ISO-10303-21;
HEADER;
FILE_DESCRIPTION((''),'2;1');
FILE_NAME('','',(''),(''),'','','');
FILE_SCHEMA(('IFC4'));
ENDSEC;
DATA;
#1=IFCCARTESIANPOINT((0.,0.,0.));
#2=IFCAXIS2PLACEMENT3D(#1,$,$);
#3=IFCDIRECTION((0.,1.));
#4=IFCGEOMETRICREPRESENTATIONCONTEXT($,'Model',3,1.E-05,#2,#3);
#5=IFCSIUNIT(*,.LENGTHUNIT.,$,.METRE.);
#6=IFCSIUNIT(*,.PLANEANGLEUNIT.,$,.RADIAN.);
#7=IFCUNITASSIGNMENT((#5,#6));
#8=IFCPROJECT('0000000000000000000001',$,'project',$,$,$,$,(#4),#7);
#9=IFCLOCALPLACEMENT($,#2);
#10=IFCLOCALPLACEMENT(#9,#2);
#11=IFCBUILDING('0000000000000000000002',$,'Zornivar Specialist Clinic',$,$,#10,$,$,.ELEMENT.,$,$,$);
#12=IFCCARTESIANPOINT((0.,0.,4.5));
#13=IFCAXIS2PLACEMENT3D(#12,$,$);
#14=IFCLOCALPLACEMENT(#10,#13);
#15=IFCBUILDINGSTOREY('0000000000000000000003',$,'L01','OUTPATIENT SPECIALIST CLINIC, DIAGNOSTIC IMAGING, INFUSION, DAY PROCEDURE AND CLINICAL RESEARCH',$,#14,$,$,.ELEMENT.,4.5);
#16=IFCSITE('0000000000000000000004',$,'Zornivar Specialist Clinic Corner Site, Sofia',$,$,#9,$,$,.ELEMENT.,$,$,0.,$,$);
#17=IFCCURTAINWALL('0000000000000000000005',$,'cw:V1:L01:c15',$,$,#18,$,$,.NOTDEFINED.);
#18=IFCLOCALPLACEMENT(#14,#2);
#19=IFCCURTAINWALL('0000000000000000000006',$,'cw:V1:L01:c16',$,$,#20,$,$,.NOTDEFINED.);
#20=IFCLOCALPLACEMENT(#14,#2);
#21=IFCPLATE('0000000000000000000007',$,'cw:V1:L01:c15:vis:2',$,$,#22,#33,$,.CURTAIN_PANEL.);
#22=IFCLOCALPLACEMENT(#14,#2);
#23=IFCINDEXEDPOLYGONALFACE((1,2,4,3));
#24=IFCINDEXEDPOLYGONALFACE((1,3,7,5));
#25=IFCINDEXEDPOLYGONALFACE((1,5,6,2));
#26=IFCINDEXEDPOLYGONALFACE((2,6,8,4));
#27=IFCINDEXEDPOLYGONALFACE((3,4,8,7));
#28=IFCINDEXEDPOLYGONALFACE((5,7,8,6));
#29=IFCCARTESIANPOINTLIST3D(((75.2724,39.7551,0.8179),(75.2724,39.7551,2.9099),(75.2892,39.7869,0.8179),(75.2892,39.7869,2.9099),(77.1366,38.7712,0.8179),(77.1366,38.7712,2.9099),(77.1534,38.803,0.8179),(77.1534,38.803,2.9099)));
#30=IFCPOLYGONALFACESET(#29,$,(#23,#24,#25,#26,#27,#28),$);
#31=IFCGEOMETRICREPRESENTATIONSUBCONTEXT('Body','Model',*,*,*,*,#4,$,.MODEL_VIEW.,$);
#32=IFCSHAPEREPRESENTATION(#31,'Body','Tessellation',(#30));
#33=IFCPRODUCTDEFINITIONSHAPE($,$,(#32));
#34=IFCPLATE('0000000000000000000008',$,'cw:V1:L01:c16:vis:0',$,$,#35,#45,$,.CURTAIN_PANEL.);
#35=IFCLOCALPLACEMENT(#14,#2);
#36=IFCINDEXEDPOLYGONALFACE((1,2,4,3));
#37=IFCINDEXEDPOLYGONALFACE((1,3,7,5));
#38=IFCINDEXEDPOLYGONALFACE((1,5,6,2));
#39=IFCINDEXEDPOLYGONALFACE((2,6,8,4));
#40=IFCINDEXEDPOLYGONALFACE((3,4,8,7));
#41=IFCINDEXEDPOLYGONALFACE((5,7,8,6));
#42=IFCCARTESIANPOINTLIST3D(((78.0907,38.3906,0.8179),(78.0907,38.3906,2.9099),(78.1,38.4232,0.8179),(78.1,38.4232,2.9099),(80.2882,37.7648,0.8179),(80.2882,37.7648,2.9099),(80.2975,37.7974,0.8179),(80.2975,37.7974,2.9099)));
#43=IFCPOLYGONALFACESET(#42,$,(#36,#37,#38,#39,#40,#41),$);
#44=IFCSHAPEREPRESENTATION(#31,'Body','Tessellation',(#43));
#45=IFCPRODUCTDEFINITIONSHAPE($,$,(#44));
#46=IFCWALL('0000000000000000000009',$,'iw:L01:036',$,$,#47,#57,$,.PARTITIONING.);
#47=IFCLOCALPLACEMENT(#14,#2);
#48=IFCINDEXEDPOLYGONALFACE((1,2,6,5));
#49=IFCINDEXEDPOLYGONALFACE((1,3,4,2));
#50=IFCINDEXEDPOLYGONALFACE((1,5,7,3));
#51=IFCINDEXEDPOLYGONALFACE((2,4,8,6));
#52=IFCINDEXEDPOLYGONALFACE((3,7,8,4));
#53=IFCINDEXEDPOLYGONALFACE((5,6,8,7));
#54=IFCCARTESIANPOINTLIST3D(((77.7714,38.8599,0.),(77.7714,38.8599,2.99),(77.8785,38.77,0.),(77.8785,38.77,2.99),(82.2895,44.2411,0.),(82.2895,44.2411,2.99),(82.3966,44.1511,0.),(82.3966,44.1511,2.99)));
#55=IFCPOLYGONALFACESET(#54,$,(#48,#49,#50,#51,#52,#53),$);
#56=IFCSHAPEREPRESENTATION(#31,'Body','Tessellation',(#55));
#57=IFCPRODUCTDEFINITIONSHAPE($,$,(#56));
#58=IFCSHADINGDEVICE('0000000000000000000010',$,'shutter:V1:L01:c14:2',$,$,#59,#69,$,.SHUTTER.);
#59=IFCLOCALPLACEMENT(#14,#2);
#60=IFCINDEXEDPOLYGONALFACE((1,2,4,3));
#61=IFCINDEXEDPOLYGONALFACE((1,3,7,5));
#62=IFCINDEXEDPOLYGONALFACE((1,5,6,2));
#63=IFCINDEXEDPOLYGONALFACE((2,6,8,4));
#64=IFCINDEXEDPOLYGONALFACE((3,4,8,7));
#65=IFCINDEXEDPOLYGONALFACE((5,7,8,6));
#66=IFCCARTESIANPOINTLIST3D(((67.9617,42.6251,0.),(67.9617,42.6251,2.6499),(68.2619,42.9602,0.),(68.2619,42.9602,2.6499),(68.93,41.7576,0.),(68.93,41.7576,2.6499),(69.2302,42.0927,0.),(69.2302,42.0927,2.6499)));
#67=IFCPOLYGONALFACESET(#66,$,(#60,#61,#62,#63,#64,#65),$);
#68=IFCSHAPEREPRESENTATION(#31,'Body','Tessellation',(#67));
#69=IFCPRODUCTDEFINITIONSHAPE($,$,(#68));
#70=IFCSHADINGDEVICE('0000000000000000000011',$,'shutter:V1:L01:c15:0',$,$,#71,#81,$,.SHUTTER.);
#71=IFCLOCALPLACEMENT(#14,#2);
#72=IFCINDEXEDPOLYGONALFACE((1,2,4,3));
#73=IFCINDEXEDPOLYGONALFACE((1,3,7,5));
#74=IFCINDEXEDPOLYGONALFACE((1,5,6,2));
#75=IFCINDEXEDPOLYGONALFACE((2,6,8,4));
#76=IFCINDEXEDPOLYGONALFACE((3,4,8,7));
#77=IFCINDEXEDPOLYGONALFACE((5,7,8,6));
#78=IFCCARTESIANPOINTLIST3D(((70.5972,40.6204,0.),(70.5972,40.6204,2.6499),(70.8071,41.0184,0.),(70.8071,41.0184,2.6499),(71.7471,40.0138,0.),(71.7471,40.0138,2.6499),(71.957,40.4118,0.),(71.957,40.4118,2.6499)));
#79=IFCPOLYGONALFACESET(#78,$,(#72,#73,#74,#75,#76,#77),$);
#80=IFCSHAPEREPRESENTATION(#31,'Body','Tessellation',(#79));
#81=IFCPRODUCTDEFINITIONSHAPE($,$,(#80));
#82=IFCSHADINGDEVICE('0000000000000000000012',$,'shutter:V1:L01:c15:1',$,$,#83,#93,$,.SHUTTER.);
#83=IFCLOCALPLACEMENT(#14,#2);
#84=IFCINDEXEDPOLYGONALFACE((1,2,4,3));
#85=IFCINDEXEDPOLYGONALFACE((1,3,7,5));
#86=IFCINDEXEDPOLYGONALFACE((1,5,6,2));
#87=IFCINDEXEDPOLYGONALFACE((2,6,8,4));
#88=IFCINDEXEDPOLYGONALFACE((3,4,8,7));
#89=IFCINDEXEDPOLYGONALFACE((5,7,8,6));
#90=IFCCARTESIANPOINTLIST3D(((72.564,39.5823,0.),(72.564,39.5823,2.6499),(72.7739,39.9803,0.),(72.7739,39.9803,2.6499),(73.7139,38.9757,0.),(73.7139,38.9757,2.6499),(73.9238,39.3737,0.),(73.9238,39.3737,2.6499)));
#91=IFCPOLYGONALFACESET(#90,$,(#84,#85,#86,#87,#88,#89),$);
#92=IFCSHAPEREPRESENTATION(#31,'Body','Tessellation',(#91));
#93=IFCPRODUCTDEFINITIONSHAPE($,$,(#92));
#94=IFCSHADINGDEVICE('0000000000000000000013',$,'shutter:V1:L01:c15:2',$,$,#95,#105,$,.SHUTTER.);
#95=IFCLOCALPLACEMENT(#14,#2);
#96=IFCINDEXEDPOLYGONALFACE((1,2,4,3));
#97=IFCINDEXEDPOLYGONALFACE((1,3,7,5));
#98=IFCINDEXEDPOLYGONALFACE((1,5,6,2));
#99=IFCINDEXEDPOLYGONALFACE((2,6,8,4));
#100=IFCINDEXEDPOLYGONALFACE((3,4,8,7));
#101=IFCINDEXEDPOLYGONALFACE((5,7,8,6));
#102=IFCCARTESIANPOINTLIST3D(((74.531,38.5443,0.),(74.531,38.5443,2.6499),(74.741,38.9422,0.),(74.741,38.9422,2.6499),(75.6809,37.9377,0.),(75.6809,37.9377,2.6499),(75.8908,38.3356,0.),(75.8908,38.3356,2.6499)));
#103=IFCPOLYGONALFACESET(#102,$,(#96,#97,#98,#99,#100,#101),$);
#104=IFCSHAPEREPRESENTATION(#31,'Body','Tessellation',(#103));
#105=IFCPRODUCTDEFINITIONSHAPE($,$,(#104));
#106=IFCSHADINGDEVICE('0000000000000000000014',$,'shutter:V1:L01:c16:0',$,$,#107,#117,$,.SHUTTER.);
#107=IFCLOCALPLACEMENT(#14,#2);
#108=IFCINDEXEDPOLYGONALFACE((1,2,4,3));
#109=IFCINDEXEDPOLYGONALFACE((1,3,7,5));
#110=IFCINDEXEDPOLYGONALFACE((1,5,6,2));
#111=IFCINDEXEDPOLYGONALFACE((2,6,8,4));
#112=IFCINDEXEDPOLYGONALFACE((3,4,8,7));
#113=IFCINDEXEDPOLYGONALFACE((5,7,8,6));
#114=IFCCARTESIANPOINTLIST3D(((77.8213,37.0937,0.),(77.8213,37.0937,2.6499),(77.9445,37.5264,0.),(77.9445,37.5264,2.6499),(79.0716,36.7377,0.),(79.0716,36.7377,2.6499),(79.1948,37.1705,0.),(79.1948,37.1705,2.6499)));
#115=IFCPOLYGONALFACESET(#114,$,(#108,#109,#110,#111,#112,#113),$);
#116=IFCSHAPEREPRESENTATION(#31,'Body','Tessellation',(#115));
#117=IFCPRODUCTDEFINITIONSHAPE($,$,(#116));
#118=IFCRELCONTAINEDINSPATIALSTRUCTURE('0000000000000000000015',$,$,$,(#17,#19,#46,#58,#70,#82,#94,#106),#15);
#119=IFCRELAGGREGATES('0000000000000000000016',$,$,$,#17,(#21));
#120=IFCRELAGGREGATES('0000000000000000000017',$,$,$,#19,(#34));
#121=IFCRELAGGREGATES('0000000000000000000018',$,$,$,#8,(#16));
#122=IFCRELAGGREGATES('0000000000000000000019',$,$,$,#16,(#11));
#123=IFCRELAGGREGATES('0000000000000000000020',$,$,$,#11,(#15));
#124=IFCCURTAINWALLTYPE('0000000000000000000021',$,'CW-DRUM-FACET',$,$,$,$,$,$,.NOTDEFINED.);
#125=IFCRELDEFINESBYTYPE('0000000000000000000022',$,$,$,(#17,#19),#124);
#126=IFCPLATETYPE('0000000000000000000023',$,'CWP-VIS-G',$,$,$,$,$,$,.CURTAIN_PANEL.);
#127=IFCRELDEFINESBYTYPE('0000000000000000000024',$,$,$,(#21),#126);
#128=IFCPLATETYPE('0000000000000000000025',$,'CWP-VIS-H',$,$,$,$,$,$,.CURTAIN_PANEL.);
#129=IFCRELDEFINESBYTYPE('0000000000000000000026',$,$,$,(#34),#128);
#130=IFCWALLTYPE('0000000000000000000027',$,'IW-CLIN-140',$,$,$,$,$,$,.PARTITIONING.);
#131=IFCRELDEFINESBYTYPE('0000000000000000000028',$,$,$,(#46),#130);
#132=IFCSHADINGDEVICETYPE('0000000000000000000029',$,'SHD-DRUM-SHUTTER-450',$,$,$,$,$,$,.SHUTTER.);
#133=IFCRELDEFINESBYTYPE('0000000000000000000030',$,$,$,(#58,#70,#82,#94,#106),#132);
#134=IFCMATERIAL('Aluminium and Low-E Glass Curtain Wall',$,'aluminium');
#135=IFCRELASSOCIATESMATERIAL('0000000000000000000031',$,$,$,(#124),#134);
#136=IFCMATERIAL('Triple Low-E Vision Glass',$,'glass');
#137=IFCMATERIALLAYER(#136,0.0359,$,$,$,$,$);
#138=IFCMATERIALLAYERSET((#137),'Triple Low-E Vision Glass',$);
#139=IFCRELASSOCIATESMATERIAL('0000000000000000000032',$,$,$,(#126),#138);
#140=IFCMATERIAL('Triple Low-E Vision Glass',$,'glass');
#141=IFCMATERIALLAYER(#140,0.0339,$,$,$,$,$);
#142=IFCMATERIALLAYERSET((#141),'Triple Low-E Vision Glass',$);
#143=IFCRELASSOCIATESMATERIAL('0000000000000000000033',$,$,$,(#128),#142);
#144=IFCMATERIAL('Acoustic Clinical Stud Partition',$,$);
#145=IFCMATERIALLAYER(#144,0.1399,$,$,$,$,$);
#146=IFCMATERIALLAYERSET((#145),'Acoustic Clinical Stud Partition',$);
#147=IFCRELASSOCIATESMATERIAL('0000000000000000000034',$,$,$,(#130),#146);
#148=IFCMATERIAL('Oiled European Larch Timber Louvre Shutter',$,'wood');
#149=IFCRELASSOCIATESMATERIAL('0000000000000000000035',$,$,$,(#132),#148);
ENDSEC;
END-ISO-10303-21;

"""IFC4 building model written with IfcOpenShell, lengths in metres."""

from ifc_helpers import new_model, si_unit, direction, frame, frame_2d, origin, origin_2d, place, context, subcontext, project, spatial, rectangle, extrude, material, layer, layer_set, type_object, element, aggregate, save


model = new_model("IFC4")

# Units and contexts
model_context = context("Model", 3, precision=1e-05, world=origin(), true_north=direction((0.0, 1.0)))
body_context = subcontext(model_context, "Body", "Model", "MODEL_VIEW")
ifc_project = project(units=[si_unit("LENGTHUNIT", "METRE"), si_unit("PLANEANGLEUNIT", "RADIAN")], contexts=[model_context])

# Site, building, storey
site_placement = place(None, origin())
site = spatial("IfcSite", under=ifc_project, at=site_placement, Name="Zornivar Specialist Clinic Corner Site, Sofia", CompositionType="ELEMENT", RefElevation=0.0)
building_placement = place(site_placement, origin())
building = spatial("IfcBuilding", under=site, at=building_placement, Name="Zornivar Specialist Clinic", CompositionType="ELEMENT")
storey_placement = place(building_placement, frame((0.0, 0.0, 4.5)))
storey = spatial("IfcBuildingStorey", under=building, at=storey_placement, Name="L01", Description="OUTPATIENT SPECIALIST CLINIC, DIAGNOSTIC IMAGING, INFUSION, DAY PROCEDURE AND CLINICAL RESEARCH", CompositionType="ELEMENT", Elevation=4.5)

# Curtain wall
ifc_material_1 = material(Name="Aluminium and Low-E Glass Curtain Wall", Category="aluminium")
curtain_wall_type = type_object("IfcCurtainWallType", Name="CW-DRUM-FACET", PredefinedType="NOTDEFINED", material=ifc_material_1)
curtain_wall_1_placement = place(storey_placement, origin())
curtain_wall_1 = element("IfcCurtainWall", 1, at=curtain_wall_1_placement, inside=storey, type_object=curtain_wall_type, Name="cw:V1:L01:c15", PredefinedType="NOTDEFINED")

# Curtain wall
curtain_wall_2_placement = place(storey_placement, origin())
curtain_wall_2 = element("IfcCurtainWall", 2, at=curtain_wall_2_placement, inside=storey, type_object=curtain_wall_type, Name="cw:V1:L01:c16", PredefinedType="NOTDEFINED")

# Plates
ifc_material_2 = material(Name="Triple Low-E Vision Glass", Category="glass")
ifc_layer_1 = layer(ifc_material_2, 0.0359)
ifc_layer_set_1 = layer_set([ifc_layer_1], Name="Triple Low-E Vision Glass")
plate_type_1 = type_object("IfcPlateType", Name="CWP-VIS-G", PredefinedType="CURTAIN_PANEL", material=ifc_layer_set_1)
plate_1_placement = place(storey_placement, frame((76.2129, 39.2791, 0.8179), z_axis=(0.0, 0.0, 1.0), x_axis=(0.884383, -0.466762, 0.0)))
plate_1 = element("IfcPlate", 3, at=plate_1_placement, type_object=plate_type_1, Name="cw:V1:L01:c15:vis:2", PredefinedType="CURTAIN_PANEL", context=body_context, shape_type="SweptSolid", body=[
    extrude(rectangle(XDim=2.1079, YDim=0.0359, at=origin_2d()), origin(), (0.0, 0.0, 1.0), 2.092),
])
aggregate(curtain_wall_1, [plate_1])
ifc_material_3 = material(Name="Triple Low-E Vision Glass", Category="glass")
ifc_layer_2 = layer(ifc_material_3, 0.0339)
ifc_layer_set_2 = layer_set([ifc_layer_2], Name="Triple Low-E Vision Glass")
plate_type_2 = type_object("IfcPlateType", Name="CWP-VIS-H", PredefinedType="CURTAIN_PANEL", material=ifc_layer_set_2)
plate_2_placement = place(storey_placement, frame((79.1941, 38.094, 0.8179), z_axis=(0.0, 0.0, 1.0), x_axis=(0.961761, -0.273889, 0.0)))
plate_2 = element("IfcPlate", 4, at=plate_2_placement, type_object=plate_type_2, Name="cw:V1:L01:c16:vis:0", PredefinedType="CURTAIN_PANEL", context=body_context, shape_type="SweptSolid", body=[
    extrude(rectangle(XDim=2.2849, YDim=0.0339, at=origin_2d()), origin(), (0.0, 0.0, 1.0), 2.092),
])
aggregate(curtain_wall_2, [plate_2])

# Wall
ifc_material_4 = material(Name="Acoustic Clinical Stud Partition")
ifc_layer_3 = layer(ifc_material_4, 0.1399)
ifc_layer_set_3 = layer_set([ifc_layer_3], Name="Acoustic Clinical Stud Partition")
wall_type = type_object("IfcWallType", Name="IW-CLIN-140", PredefinedType="PARTITIONING", material=ifc_layer_set_3)
wall_placement = place(storey_placement, frame((77.825, 38.8149, 0.0), z_axis=(0.0, 0.0, 1.0), x_axis=(0.64302, 0.765849, 0.0)))
element("IfcWall", 5, at=wall_placement, inside=storey, type_object=wall_type, Name="iw:L01:036", PredefinedType="PARTITIONING", context=body_context, shape_type="SweptSolid", body=[
    extrude(rectangle(XDim=7.0264, YDim=0.1399, at=frame_2d((3.5132, 0.0))), origin(), (0.0, 0.0, 1.0), 2.99),
])

# Shading devices
ifc_material_5 = material(Name="Oiled European Larch Timber Louvre Shutter", Category="wood")
shading_device_type = type_object("IfcShadingDeviceType", Name="SHD-DRUM-SHUTTER-450", PredefinedType="SHUTTER", material=ifc_material_5)
for number, where, z_axis, x_axis, name in (
    (6, (68.5959, 42.3589, 0.0), (0.0, 0.0, 1.0), (0.744797, -0.667291, 0.0), "shutter:V1:L01:c14:2"),
    (7, (71.2771, 40.5161, 0.0), (0.0, 0.0, 1.0), (0.88447, -0.466597, 0.0), "shutter:V1:L01:c15:0"),
    (8, (73.2439, 39.478, 0.0), (0.0, 0.0, 1.0), (0.88447, -0.466597, 0.0), "shutter:V1:L01:c15:1"),
    (9, (75.2109, 38.4399, 0.0), (0.0, 0.0, 1.0), (0.88447, -0.466597, 0.0), "shutter:V1:L01:c15:2"),
    (10, (78.5081, 37.1321, 0.0), (0.0, 0.0, 1.0), (0.961785, -0.273805, 0.0), "shutter:V1:L01:c16:0"),
):
    element("IfcShadingDevice", number, at=place(storey_placement, frame(where, z_axis=z_axis, x_axis=x_axis)), inside=storey, type_object=shading_device_type, Name=name, PredefinedType="SHUTTER", context=body_context, shape_type="SweptSolid", body=[
        extrude(rectangle(XDim=1.3, YDim=0.45, at=origin_2d()), origin(), (0.0, 0.0, 1.0), 2.6499),
    ])

save(model, "model.ifc")
